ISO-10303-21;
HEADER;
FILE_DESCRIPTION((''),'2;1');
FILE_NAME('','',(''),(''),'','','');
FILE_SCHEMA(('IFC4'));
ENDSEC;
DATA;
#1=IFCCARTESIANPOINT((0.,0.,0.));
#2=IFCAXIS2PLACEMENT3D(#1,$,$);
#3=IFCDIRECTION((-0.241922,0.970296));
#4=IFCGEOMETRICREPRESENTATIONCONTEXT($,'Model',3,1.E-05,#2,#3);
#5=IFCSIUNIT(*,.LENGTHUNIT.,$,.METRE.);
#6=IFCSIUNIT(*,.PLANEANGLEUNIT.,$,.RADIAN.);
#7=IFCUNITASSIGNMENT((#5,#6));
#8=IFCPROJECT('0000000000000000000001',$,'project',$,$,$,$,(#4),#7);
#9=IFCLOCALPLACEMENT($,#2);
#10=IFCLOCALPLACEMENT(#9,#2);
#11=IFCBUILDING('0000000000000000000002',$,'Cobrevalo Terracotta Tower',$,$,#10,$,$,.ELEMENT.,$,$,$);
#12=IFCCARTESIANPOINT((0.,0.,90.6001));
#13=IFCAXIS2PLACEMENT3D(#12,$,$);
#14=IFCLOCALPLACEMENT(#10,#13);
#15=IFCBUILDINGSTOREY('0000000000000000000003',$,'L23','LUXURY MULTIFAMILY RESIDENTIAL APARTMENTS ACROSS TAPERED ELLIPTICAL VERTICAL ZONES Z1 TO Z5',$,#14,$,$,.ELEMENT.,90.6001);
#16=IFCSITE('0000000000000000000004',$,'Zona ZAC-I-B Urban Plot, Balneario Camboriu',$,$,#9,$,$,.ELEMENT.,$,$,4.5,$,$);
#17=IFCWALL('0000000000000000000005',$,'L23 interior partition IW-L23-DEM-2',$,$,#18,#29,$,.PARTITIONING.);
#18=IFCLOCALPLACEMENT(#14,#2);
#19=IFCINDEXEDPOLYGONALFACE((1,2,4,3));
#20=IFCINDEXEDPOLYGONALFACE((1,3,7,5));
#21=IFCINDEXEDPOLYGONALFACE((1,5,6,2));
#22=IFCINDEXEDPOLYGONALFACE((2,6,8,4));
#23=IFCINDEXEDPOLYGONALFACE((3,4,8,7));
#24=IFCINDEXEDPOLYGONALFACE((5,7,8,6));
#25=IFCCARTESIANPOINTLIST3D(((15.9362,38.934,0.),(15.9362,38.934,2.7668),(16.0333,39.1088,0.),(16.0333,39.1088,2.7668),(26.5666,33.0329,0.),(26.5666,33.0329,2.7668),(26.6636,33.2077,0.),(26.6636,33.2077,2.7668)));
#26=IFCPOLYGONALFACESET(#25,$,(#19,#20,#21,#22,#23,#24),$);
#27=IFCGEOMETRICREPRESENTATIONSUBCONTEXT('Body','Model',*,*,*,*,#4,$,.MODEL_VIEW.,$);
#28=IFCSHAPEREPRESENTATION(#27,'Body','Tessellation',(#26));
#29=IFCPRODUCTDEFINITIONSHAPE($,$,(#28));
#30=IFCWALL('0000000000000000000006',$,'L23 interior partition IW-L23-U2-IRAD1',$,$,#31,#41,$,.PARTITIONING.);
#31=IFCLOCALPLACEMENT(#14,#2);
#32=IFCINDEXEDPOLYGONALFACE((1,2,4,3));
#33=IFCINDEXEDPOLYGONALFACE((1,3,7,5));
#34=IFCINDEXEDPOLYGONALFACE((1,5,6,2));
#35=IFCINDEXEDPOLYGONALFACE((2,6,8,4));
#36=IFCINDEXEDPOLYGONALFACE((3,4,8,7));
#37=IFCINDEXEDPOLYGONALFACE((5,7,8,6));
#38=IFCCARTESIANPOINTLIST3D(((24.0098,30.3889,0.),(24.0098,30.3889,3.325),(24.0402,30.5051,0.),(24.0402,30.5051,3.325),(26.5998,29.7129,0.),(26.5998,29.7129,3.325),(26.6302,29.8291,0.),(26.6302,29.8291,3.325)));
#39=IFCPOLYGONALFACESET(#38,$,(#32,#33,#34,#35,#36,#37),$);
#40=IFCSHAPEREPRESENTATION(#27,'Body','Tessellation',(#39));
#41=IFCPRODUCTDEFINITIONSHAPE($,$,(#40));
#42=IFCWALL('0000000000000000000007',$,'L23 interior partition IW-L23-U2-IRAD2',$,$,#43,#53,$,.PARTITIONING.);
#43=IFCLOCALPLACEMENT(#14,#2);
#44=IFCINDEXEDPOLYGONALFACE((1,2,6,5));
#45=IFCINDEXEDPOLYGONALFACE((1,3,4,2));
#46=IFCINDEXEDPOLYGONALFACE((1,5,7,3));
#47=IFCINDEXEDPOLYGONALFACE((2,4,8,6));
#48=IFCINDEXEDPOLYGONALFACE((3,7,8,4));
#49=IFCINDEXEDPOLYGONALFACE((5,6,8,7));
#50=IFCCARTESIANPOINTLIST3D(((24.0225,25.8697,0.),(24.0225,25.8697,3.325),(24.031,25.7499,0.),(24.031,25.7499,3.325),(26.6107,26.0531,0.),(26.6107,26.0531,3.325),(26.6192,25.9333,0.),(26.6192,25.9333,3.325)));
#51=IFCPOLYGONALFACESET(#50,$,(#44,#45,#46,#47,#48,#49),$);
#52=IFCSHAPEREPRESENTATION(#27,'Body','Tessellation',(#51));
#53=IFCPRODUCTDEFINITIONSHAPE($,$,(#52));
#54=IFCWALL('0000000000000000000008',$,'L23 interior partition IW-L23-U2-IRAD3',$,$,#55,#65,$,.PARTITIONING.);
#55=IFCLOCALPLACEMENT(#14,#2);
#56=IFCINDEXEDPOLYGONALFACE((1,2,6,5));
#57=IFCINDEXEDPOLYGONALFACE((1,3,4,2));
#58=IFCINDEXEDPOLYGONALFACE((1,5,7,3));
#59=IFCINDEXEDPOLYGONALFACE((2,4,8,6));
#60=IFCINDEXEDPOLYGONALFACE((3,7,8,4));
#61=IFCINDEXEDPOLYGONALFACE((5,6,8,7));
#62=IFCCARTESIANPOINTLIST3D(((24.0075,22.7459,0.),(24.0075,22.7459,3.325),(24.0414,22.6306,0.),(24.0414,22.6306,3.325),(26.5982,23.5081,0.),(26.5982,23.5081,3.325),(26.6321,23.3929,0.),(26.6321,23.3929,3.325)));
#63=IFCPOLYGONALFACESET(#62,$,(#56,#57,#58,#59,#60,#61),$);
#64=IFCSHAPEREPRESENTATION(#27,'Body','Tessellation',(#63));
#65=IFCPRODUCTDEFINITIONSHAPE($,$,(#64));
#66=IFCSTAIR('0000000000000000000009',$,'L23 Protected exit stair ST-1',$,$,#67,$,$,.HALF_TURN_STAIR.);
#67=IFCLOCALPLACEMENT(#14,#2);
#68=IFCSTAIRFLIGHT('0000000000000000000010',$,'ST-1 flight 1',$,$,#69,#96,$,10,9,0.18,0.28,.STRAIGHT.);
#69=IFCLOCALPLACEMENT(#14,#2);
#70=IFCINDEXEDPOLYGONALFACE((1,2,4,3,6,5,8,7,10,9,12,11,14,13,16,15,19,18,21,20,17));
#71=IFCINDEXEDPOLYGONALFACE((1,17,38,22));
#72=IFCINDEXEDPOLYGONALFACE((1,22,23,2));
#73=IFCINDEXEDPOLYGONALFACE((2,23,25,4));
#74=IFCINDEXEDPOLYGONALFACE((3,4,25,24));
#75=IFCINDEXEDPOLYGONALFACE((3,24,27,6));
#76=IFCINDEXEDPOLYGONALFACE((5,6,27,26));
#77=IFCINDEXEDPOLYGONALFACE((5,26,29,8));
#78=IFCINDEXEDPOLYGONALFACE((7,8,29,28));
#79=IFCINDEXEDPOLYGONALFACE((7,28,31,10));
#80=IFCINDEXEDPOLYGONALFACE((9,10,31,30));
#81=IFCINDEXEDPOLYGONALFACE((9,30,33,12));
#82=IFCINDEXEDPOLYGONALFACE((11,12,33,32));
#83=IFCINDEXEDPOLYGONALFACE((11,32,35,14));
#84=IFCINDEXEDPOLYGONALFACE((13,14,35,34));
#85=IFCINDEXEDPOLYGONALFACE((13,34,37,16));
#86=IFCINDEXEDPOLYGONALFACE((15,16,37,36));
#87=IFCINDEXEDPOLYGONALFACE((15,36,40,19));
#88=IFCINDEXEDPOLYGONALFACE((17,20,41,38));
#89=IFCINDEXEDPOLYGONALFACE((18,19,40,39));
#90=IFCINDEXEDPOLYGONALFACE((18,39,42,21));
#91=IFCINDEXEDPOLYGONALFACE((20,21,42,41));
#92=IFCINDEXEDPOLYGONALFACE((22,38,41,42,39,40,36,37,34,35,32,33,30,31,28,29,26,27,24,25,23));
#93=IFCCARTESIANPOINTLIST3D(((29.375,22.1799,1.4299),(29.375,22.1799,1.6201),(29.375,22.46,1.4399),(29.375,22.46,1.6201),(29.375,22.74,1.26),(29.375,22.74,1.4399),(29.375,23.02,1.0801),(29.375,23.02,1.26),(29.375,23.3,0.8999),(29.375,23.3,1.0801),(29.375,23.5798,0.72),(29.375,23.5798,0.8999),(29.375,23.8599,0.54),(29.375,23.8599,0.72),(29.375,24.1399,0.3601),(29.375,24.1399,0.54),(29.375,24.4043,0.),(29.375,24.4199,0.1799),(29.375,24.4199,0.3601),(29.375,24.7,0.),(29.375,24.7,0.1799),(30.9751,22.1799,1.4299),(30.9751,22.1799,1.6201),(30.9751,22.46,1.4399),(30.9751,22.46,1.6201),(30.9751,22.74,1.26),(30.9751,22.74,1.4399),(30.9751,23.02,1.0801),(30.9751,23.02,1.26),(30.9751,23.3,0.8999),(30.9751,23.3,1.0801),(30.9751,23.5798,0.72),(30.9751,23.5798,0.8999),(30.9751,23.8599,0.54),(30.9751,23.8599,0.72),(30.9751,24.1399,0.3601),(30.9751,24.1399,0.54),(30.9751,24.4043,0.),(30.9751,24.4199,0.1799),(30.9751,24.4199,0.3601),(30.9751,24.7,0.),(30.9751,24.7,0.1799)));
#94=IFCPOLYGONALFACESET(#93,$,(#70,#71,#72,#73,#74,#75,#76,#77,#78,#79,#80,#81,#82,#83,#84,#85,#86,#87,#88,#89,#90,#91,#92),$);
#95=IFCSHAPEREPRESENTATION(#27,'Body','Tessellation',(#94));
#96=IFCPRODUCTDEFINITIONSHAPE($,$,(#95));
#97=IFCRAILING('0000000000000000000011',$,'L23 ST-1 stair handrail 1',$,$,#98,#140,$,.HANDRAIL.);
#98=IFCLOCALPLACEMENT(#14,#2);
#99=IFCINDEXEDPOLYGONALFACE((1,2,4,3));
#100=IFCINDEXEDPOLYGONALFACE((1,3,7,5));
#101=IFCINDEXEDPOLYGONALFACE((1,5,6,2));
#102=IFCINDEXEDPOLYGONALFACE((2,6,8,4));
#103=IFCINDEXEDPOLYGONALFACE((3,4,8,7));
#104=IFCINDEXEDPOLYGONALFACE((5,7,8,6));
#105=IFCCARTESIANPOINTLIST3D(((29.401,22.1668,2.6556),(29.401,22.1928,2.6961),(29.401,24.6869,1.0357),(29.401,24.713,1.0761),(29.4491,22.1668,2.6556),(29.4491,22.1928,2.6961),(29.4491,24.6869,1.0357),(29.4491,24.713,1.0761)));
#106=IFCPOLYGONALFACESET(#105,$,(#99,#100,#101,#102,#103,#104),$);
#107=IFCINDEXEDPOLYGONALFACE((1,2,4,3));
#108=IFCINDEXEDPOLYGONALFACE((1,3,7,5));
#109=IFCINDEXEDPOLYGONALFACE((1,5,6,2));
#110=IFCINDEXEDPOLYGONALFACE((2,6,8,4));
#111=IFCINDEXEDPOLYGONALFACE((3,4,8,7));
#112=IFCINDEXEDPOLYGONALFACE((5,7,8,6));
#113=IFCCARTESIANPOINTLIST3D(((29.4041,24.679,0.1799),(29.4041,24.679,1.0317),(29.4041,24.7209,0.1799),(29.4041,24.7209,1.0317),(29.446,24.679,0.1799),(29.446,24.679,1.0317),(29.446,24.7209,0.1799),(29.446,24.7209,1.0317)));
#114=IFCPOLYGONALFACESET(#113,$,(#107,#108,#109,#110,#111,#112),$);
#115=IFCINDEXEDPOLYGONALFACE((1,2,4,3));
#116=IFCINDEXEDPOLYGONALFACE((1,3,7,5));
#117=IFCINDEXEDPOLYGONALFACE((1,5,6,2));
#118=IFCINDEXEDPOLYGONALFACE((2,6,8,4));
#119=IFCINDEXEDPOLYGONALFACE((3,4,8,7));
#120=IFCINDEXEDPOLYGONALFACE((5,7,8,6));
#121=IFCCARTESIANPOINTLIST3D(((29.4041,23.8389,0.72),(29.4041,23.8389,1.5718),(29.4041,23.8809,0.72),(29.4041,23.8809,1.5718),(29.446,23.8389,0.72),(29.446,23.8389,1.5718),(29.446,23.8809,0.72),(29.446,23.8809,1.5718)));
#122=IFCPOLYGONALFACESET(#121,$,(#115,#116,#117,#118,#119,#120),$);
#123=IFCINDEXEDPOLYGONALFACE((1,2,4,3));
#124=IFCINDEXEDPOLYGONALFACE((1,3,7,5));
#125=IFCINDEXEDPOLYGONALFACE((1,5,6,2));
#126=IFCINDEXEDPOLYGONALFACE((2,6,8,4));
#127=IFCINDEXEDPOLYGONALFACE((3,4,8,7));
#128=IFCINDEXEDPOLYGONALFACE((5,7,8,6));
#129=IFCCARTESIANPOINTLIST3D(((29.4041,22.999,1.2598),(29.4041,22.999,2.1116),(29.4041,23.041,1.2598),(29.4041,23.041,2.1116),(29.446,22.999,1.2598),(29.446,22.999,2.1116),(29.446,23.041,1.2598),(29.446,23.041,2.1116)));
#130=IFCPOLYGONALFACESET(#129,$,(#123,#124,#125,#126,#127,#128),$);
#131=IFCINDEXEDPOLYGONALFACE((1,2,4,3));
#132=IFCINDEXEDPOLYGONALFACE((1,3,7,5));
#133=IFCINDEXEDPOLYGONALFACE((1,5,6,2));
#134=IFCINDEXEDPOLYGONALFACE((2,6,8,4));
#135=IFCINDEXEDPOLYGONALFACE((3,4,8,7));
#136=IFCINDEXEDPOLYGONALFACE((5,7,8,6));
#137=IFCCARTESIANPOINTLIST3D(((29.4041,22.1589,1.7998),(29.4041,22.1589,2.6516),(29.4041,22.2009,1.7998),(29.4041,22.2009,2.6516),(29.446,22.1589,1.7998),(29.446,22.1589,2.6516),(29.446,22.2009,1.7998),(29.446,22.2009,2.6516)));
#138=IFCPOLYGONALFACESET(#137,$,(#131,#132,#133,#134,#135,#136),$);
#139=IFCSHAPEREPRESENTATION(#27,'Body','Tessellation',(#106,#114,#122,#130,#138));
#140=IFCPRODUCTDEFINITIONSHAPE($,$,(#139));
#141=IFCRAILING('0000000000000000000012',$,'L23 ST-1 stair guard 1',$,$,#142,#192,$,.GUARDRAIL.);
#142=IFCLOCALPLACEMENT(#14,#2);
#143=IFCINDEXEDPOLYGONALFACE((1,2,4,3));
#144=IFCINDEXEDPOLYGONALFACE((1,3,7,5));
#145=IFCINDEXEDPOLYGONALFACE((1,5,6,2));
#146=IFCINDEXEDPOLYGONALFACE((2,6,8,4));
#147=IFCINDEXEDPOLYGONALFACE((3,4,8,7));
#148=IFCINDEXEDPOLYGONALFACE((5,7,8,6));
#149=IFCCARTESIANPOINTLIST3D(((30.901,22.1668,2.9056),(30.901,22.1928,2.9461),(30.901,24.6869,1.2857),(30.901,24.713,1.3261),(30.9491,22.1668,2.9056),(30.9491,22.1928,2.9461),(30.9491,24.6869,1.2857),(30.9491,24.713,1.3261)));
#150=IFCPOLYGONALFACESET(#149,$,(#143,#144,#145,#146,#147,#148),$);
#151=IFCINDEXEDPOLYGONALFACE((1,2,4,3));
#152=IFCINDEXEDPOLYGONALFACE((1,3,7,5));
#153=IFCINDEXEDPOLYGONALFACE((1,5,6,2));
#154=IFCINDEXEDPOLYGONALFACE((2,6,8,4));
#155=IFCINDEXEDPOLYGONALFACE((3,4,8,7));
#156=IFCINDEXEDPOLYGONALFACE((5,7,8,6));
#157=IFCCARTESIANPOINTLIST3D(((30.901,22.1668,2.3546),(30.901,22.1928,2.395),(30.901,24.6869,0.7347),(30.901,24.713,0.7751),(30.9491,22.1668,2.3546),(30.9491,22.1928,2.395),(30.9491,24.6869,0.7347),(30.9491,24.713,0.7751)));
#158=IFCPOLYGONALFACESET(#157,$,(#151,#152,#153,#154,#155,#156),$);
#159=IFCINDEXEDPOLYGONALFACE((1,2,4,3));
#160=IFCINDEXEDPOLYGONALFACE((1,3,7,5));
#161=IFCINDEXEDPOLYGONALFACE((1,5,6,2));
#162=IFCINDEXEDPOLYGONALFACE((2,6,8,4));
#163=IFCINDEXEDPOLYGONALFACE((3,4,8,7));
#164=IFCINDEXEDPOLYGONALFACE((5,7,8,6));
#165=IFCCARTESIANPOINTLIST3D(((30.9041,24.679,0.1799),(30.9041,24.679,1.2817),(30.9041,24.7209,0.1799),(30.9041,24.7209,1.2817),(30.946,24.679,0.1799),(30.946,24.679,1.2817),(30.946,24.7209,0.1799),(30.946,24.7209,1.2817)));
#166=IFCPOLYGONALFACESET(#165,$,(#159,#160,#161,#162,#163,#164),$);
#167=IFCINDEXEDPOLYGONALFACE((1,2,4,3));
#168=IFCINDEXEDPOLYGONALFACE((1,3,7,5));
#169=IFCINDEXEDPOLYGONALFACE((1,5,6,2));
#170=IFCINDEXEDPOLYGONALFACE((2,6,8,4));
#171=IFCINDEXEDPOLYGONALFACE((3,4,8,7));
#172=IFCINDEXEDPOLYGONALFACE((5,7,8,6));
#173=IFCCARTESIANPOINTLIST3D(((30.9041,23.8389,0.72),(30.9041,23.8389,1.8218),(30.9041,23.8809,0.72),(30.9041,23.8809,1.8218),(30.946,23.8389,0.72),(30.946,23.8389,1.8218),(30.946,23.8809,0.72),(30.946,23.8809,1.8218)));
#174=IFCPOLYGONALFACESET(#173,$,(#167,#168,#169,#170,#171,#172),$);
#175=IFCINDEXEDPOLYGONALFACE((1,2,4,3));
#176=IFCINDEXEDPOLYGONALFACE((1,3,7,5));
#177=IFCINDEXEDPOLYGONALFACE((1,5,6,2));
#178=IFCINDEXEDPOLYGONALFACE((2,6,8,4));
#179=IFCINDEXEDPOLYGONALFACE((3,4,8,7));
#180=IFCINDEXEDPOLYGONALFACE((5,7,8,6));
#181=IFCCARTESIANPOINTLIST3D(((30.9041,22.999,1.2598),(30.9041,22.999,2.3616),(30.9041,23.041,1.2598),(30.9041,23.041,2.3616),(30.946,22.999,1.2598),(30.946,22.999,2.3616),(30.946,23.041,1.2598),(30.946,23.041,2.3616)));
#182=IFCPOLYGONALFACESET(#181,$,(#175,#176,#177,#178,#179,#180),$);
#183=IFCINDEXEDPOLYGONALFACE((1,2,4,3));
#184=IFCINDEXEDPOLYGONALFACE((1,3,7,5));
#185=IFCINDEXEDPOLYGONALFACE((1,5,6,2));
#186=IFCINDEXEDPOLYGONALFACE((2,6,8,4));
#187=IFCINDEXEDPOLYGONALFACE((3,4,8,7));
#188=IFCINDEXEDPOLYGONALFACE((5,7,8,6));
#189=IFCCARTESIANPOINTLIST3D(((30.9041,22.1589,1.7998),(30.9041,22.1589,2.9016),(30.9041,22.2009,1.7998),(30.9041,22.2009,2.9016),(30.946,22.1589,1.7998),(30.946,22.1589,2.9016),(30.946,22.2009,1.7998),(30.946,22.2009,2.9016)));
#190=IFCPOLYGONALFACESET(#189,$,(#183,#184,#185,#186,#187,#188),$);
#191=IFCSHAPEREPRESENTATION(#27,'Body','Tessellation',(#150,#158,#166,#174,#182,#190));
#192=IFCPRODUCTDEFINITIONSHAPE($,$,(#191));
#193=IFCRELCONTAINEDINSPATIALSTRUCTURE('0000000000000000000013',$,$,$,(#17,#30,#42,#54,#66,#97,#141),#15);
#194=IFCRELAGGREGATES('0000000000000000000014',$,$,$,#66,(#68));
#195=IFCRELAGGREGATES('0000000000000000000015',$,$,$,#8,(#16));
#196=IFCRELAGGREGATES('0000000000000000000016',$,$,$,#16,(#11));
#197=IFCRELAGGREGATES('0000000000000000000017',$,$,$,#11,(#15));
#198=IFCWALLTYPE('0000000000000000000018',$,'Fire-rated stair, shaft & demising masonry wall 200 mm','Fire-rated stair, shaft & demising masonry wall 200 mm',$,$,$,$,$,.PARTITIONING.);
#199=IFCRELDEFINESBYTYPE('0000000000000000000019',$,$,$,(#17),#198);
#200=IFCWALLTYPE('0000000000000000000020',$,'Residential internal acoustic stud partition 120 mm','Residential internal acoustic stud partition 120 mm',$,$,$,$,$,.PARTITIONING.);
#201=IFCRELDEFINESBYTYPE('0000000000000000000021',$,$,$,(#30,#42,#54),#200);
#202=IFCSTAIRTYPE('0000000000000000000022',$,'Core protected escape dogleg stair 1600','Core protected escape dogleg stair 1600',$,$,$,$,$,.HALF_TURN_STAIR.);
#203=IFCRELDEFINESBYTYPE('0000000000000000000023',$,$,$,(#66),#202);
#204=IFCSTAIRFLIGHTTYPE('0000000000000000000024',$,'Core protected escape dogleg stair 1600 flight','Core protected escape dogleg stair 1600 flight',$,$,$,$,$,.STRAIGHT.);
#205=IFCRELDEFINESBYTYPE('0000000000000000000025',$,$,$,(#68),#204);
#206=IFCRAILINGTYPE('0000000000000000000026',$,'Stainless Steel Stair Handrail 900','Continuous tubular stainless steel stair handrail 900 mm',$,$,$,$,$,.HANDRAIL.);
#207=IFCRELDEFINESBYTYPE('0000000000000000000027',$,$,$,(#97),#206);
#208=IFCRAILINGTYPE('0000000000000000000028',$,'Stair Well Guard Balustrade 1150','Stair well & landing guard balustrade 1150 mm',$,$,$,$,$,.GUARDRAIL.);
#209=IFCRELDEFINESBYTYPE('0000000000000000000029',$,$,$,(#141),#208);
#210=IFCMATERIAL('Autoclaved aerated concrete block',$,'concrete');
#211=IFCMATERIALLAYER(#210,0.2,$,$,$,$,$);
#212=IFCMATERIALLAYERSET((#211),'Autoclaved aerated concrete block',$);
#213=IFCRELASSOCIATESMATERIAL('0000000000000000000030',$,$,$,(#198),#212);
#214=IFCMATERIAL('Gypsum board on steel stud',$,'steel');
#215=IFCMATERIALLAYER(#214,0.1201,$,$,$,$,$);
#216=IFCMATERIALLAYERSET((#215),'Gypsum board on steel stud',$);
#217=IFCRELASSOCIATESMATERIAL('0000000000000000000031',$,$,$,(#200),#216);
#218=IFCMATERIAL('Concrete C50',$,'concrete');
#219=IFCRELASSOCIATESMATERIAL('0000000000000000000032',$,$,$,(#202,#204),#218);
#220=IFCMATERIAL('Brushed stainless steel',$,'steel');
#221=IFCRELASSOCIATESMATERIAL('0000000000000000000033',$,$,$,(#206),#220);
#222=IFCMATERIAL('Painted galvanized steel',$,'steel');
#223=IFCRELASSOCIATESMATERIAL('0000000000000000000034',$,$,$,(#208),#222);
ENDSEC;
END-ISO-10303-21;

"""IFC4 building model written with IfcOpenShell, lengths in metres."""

from ifc_helpers import new_model, si_unit, direction, frame, frame_2d, origin, origin_2d, place, context, subcontext, project, spatial, polyline, rectangle, outline, extrude, material, layer, layer_set, type_object, element, aggregate, save


model = new_model("IFC4")

# Units and contexts
model_context = context("Model", 3, precision=1e-05, world=origin(), true_north=direction((-0.241922, 0.970296)))
body_context = subcontext(model_context, "Body", "Model", "MODEL_VIEW")
ifc_project = project(units=[si_unit("LENGTHUNIT", "METRE"), si_unit("PLANEANGLEUNIT", "RADIAN")], contexts=[model_context])

# Site, building, storey
site_placement = place(None, origin())
site = spatial("IfcSite", under=ifc_project, at=site_placement, Name="Zona ZAC-I-B Urban Plot, Balneario Camboriu", CompositionType="ELEMENT", RefElevation=4.5)
building_placement = place(site_placement, origin())
building = spatial("IfcBuilding", under=site, at=building_placement, Name="Cobrevalo Terracotta Tower", CompositionType="ELEMENT")
storey_placement = place(building_placement, frame((0.0, 0.0, 90.6001)))
storey = spatial("IfcBuildingStorey", under=building, at=storey_placement, Name="L23", Description="LUXURY MULTIFAMILY RESIDENTIAL APARTMENTS ACROSS TAPERED ELLIPTICAL VERTICAL ZONES Z1 TO Z5", CompositionType="ELEMENT", Elevation=90.6001)

# Shared definitions
ifc_material_1 = material(Name="Gypsum board on steel stud", Category="steel")

# Shared definitions
ifc_material_2 = material(Name="Brushed stainless steel", Category="steel")

# Walls
ifc_material_3 = material(Name="Autoclaved aerated concrete block", Category="concrete")
ifc_layer_1 = layer(ifc_material_3, 0.2)
ifc_layer_set_1 = layer_set([ifc_layer_1], Name="Autoclaved aerated concrete block")
wall_type_1 = type_object("IfcWallType", Name="Fire-rated stair, shaft & demising masonry wall 200 mm", Description="Fire-rated stair, shaft & demising masonry wall 200 mm", PredefinedType="PARTITIONING", material=ifc_layer_set_1)
wall_1_placement = place(storey_placement, frame((26.615, 33.1204, 0.0), z_axis=(0.0, 0.0, 1.0), x_axis=(-0.874319, 0.485351, 0.0)))
element("IfcWall", 1, at=wall_1_placement, inside=storey, type_object=wall_type_1, Name="L23 interior partition IW-L23-DEM-2", PredefinedType="PARTITIONING", context=body_context, shape_type="SweptSolid", body=[
    extrude(rectangle(XDim=12.1584, YDim=0.2, at=frame_2d((6.0791, 0.0))), origin(), (0.0, 0.0, 1.0), 2.7668),
])
ifc_layer_2 = layer(ifc_material_1, 0.1201)
ifc_layer_set_2 = layer_set([ifc_layer_2], Name="Gypsum board on steel stud")
wall_type_2 = type_object("IfcWallType", Name="Residential internal acoustic stud partition 120 mm", Description="Residential internal acoustic stud partition 120 mm", PredefinedType="PARTITIONING", material=ifc_layer_set_2)
wall_2_placement = place(storey_placement, frame((26.615, 29.771, 0.0), z_axis=(0.0, 0.0, 1.0), x_axis=(-0.967585, 0.252544, 0.0)))
element("IfcWall", 2, at=wall_2_placement, inside=storey, type_object=wall_type_2, Name="L23 interior partition IW-L23-U2-IRAD1", PredefinedType="PARTITIONING", context=body_context, shape_type="SweptSolid", body=[
    extrude(rectangle(XDim=2.6768, YDim=0.1201, at=frame_2d((1.3384, 0.0))), origin(), (0.0, 0.0, 1.0), 3.325),
])
wall_3_placement = place(storey_placement, frame((26.615, 25.9932, 0.0), z_axis=(0.0, 0.0, 1.0), x_axis=(-0.9975, -0.070665, 0.0)))
element("IfcWall", 3, at=wall_3_placement, inside=storey, type_object=wall_type_2, Name="L23 interior partition IW-L23-U2-IRAD2", PredefinedType="PARTITIONING", context=body_context, shape_type="SweptSolid", body=[
    extrude(rectangle(XDim=2.5947, YDim=0.1201, at=frame_2d((1.2974, 0.0))), origin(), (0.0, 0.0, 1.0), 3.325),
])
wall_4_placement = place(storey_placement, frame((26.615, 23.4504, 0.0), z_axis=(0.0, 0.0, 1.0), x_axis=(-0.959338, -0.282259, 0.0)))
element("IfcWall", 4, at=wall_4_placement, inside=storey, type_object=wall_type_2, Name="L23 interior partition IW-L23-U2-IRAD3", PredefinedType="PARTITIONING", context=body_context, shape_type="SweptSolid", body=[
    extrude(rectangle(XDim=2.7004, YDim=0.1201, at=frame_2d((1.3501, 0.0))), origin(), (0.0, 0.0, 1.0), 3.325),
])

# Shared definitions
ifc_material_4 = material(Name="Concrete C50", Category="concrete")

# Stair, stair flight
stair_type = type_object("IfcStairType", Name="Core protected escape dogleg stair 1600", Description="Core protected escape dogleg stair 1600", PredefinedType="HALF_TURN_STAIR", material=ifc_material_4)
stair_placement = place(storey_placement, origin())
stair = element("IfcStair", 5, at=stair_placement, inside=storey, type_object=stair_type, Name="L23 Protected exit stair ST-1", PredefinedType="HALF_TURN_STAIR")
stair_flight_type = type_object("IfcStairFlightType", Name="Core protected escape dogleg stair 1600 flight", Description="Core protected escape dogleg stair 1600 flight", PredefinedType="STRAIGHT", material=ifc_material_4)
stair_flight_placement = place(storey_placement, frame((30.175, 24.7, 0.0), z_axis=(0.0, 0.0, 1.0), x_axis=(0.0, -1.0, 0.0)))
stair_flight = element("IfcStairFlight", 6, at=stair_flight_placement, type_object=stair_flight_type, Name="ST-1 flight 1", NumberOfRisers=10, NumberOfTreads=9, PredefinedType="STRAIGHT", RiserHeight=0.18, TreadLength=0.28, context=body_context, shape_type="SweptSolid", body=[
    extrude(outline(polyline([(0.0, 0.0), (0.0, 0.1799), (0.28, 0.1799), (0.28, 0.3601), (0.5601, 0.3601), (0.5601, 0.54), (0.8401, 0.54), (0.8401, 0.72), (1.1201, 0.72), (1.1201, 0.8999), (1.3999, 0.8999), (1.3999, 1.0801), (1.6799, 1.0801), (1.6799, 1.26), (1.96, 1.26), (1.96, 1.4399), (2.24, 1.4399), (2.24, 1.6201), (2.52, 1.6201), (2.52, 1.8), (2.52, 1.4299), (0.2957, 0.0), (0.0, 0.0)])), frame((0.0, 0.8, 0.0), z_axis=(0.0, -1.0, 0.0), x_axis=(1.0, 0.0, 0.0)), (0.0, 0.0, 1.0), 1.6001),
])
aggregate(stair, [stair_flight])

# Railings
railing_type_1 = type_object("IfcRailingType", Name="Stainless Steel Stair Handrail 900", Description="Continuous tubular stainless steel stair handrail 900 mm", PredefinedType="HANDRAIL", material=ifc_material_2)
railing_1_placement = place(storey_placement, frame((29.425, 24.7, 0.1799)))
element("IfcRailing", 7, at=railing_1_placement, inside=storey, type_object=railing_type_1, Name="L23 ST-1 stair handrail 1", PredefinedType="HANDRAIL", context=body_context, shape_type="SweptSolid", body=[
    extrude(rectangle(XDim=0.0481, YDim=0.0481, at=origin_2d()), frame((0.0, 0.0, 0.876), z_axis=(0.0, -0.8412, 0.540725), x_axis=(1.0, 0.0, 0.0)), (0.0, 0.0, 1.0), 2.9958),
    extrude(rectangle(XDim=0.042, YDim=0.042, at=origin_2d()), origin(), (0.0, 0.0, 1.0), 0.8518),
    extrude(rectangle(XDim=0.042, YDim=0.042, at=origin_2d()), frame((0.0, -0.8401, 0.54)), (0.0, 0.0, 1.0), 0.8518),
    extrude(rectangle(XDim=0.042, YDim=0.042, at=origin_2d()), frame((0.0, -1.6799, 1.0798)), (0.0, 0.0, 1.0), 0.8518),
    extrude(rectangle(XDim=0.042, YDim=0.042, at=origin_2d()), frame((0.0, -2.52, 1.6199)), (0.0, 0.0, 1.0), 0.8518),
])
ifc_material_5 = material(Name="Painted galvanized steel", Category="steel")
railing_type_2 = type_object("IfcRailingType", Name="Stair Well Guard Balustrade 1150", Description="Stair well & landing guard balustrade 1150 mm", PredefinedType="GUARDRAIL", material=ifc_material_5)
railing_2_placement = place(storey_placement, frame((30.925, 24.7, 0.1799)))
element("IfcRailing", 8, at=railing_2_placement, inside=storey, type_object=railing_type_2, Name="L23 ST-1 stair guard 1", PredefinedType="GUARDRAIL", context=body_context, shape_type="SweptSolid", body=[
    extrude(rectangle(XDim=0.0481, YDim=0.0481, at=origin_2d()), frame((0.0, 0.0, 1.126), z_axis=(0.0, -0.8412, 0.540725), x_axis=(1.0, 0.0, 0.0)), (0.0, 0.0, 1.0), 2.9958),
    extrude(rectangle(XDim=0.0481, YDim=0.0481, at=origin_2d()), frame((0.0, 0.0, 0.575), z_axis=(0.0, -0.8412, 0.540725), x_axis=(1.0, 0.0, 0.0)), (0.0, 0.0, 1.0), 2.9958),
    extrude(rectangle(XDim=0.042, YDim=0.042, at=origin_2d()), origin(), (0.0, 0.0, 1.0), 1.1018),
    extrude(rectangle(XDim=0.042, YDim=0.042, at=origin_2d()), frame((0.0, -0.8401, 0.54)), (0.0, 0.0, 1.0), 1.1018),
    extrude(rectangle(XDim=0.042, YDim=0.042, at=origin_2d()), frame((0.0, -1.6799, 1.0798)), (0.0, 0.0, 1.0), 1.1018),
    extrude(rectangle(XDim=0.042, YDim=0.042, at=origin_2d()), frame((0.0, -2.52, 1.6199)), (0.0, 0.0, 1.0), 1.1018),
])

save(model, "model.ifc")
